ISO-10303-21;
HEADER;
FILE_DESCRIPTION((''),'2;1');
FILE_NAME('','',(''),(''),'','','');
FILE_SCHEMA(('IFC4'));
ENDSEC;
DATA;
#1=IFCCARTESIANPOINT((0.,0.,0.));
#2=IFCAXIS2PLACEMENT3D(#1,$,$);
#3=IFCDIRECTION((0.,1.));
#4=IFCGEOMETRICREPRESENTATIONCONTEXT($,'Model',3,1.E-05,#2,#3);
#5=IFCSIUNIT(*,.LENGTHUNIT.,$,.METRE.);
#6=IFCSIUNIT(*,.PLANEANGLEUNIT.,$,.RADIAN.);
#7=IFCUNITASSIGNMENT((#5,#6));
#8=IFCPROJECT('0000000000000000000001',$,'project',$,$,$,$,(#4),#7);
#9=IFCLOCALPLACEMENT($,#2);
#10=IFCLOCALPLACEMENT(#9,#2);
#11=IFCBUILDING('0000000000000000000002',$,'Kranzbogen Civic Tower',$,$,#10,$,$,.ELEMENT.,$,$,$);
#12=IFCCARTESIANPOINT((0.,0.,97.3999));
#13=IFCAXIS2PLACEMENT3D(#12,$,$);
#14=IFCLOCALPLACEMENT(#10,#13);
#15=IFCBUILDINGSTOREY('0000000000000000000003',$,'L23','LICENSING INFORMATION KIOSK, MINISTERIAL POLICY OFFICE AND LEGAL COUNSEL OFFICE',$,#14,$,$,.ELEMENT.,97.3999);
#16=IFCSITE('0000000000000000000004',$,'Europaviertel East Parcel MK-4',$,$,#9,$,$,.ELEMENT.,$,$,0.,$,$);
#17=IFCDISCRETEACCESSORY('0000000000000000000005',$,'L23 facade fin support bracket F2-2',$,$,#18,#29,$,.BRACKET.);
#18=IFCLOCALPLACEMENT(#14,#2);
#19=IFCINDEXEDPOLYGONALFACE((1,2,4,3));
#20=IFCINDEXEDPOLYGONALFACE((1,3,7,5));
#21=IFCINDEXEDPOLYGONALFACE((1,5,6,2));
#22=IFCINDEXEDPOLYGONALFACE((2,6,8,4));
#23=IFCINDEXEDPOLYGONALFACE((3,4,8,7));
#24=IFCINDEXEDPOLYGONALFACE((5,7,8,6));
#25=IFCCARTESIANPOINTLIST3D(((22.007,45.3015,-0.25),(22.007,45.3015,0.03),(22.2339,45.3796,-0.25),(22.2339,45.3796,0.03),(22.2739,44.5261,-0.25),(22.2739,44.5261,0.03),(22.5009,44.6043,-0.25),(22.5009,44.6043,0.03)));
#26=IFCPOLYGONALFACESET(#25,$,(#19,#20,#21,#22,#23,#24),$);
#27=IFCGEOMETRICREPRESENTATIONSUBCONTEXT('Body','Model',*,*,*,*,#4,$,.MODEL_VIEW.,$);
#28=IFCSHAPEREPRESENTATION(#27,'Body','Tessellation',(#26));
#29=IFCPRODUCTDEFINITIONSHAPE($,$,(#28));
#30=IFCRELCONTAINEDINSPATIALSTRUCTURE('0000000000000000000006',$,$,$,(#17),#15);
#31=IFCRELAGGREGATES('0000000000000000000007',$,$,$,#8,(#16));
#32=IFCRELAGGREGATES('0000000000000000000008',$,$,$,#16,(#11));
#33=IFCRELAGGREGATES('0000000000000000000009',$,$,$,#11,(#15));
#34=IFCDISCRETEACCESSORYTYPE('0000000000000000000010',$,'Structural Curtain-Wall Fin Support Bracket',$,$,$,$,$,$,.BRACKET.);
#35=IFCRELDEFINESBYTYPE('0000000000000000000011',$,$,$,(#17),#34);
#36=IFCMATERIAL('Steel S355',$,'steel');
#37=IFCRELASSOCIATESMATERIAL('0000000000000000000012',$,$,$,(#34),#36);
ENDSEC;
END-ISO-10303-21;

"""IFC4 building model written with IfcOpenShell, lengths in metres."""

from ifc_helpers import new_model, si_unit, direction, frame, origin, origin_2d, place, context, subcontext, project, spatial, rectangle, extrude, material, type_object, element, save


model = new_model("IFC4")

# Units and contexts
model_context = context("Model", 3, precision=1e-05, world=origin(), true_north=direction((0.0, 1.0)))
body_context = subcontext(model_context, "Body", "Model", "MODEL_VIEW")
ifc_project = project(units=[si_unit("LENGTHUNIT", "METRE"), si_unit("PLANEANGLEUNIT", "RADIAN")], contexts=[model_context])

# Site, building, storey
site_placement = place(None, origin())
site = spatial("IfcSite", under=ifc_project, at=site_placement, Name="Europaviertel East Parcel MK-4", CompositionType="ELEMENT", RefElevation=0.0)
building_placement = place(site_placement, origin())
building = spatial("IfcBuilding", under=site, at=building_placement, Name="Kranzbogen Civic Tower", CompositionType="ELEMENT")
storey_placement = place(building_placement, frame((0.0, 0.0, 97.3999)))
storey = spatial("IfcBuildingStorey", under=building, at=storey_placement, Name="L23", Description="LICENSING INFORMATION KIOSK, MINISTERIAL POLICY OFFICE AND LEGAL COUNSEL OFFICE", CompositionType="ELEMENT", Elevation=97.3999)

# Shared definitions
ifc_material_1 = material(Name="Steel S355", Category="steel")

# Discrete accessory
discrete_accessory_type = type_object("IfcDiscreteAccessoryType", Name="Structural Curtain-Wall Fin Support Bracket", PredefinedType="BRACKET", material=ifc_material_1)
discrete_accessory_placement = place(storey_placement, frame((22.2539, 44.9529, -0.25), z_axis=(0.0, 0.0, 1.0), x_axis=(-0.325568, 0.945519, 0.0)))
element("IfcDiscreteAccessory", 1, at=discrete_accessory_placement, inside=storey, type_object=discrete_accessory_type, Name="L23 facade fin support bracket F2-2", PredefinedType="BRACKET", context=body_context, shape_type="SweptSolid", body=[
    extrude(rectangle(XDim=0.8201, YDim=0.24, at=origin_2d()), origin(), (0.0, 0.0, 1.0), 0.28),
])

save(model, "model.ifc")
